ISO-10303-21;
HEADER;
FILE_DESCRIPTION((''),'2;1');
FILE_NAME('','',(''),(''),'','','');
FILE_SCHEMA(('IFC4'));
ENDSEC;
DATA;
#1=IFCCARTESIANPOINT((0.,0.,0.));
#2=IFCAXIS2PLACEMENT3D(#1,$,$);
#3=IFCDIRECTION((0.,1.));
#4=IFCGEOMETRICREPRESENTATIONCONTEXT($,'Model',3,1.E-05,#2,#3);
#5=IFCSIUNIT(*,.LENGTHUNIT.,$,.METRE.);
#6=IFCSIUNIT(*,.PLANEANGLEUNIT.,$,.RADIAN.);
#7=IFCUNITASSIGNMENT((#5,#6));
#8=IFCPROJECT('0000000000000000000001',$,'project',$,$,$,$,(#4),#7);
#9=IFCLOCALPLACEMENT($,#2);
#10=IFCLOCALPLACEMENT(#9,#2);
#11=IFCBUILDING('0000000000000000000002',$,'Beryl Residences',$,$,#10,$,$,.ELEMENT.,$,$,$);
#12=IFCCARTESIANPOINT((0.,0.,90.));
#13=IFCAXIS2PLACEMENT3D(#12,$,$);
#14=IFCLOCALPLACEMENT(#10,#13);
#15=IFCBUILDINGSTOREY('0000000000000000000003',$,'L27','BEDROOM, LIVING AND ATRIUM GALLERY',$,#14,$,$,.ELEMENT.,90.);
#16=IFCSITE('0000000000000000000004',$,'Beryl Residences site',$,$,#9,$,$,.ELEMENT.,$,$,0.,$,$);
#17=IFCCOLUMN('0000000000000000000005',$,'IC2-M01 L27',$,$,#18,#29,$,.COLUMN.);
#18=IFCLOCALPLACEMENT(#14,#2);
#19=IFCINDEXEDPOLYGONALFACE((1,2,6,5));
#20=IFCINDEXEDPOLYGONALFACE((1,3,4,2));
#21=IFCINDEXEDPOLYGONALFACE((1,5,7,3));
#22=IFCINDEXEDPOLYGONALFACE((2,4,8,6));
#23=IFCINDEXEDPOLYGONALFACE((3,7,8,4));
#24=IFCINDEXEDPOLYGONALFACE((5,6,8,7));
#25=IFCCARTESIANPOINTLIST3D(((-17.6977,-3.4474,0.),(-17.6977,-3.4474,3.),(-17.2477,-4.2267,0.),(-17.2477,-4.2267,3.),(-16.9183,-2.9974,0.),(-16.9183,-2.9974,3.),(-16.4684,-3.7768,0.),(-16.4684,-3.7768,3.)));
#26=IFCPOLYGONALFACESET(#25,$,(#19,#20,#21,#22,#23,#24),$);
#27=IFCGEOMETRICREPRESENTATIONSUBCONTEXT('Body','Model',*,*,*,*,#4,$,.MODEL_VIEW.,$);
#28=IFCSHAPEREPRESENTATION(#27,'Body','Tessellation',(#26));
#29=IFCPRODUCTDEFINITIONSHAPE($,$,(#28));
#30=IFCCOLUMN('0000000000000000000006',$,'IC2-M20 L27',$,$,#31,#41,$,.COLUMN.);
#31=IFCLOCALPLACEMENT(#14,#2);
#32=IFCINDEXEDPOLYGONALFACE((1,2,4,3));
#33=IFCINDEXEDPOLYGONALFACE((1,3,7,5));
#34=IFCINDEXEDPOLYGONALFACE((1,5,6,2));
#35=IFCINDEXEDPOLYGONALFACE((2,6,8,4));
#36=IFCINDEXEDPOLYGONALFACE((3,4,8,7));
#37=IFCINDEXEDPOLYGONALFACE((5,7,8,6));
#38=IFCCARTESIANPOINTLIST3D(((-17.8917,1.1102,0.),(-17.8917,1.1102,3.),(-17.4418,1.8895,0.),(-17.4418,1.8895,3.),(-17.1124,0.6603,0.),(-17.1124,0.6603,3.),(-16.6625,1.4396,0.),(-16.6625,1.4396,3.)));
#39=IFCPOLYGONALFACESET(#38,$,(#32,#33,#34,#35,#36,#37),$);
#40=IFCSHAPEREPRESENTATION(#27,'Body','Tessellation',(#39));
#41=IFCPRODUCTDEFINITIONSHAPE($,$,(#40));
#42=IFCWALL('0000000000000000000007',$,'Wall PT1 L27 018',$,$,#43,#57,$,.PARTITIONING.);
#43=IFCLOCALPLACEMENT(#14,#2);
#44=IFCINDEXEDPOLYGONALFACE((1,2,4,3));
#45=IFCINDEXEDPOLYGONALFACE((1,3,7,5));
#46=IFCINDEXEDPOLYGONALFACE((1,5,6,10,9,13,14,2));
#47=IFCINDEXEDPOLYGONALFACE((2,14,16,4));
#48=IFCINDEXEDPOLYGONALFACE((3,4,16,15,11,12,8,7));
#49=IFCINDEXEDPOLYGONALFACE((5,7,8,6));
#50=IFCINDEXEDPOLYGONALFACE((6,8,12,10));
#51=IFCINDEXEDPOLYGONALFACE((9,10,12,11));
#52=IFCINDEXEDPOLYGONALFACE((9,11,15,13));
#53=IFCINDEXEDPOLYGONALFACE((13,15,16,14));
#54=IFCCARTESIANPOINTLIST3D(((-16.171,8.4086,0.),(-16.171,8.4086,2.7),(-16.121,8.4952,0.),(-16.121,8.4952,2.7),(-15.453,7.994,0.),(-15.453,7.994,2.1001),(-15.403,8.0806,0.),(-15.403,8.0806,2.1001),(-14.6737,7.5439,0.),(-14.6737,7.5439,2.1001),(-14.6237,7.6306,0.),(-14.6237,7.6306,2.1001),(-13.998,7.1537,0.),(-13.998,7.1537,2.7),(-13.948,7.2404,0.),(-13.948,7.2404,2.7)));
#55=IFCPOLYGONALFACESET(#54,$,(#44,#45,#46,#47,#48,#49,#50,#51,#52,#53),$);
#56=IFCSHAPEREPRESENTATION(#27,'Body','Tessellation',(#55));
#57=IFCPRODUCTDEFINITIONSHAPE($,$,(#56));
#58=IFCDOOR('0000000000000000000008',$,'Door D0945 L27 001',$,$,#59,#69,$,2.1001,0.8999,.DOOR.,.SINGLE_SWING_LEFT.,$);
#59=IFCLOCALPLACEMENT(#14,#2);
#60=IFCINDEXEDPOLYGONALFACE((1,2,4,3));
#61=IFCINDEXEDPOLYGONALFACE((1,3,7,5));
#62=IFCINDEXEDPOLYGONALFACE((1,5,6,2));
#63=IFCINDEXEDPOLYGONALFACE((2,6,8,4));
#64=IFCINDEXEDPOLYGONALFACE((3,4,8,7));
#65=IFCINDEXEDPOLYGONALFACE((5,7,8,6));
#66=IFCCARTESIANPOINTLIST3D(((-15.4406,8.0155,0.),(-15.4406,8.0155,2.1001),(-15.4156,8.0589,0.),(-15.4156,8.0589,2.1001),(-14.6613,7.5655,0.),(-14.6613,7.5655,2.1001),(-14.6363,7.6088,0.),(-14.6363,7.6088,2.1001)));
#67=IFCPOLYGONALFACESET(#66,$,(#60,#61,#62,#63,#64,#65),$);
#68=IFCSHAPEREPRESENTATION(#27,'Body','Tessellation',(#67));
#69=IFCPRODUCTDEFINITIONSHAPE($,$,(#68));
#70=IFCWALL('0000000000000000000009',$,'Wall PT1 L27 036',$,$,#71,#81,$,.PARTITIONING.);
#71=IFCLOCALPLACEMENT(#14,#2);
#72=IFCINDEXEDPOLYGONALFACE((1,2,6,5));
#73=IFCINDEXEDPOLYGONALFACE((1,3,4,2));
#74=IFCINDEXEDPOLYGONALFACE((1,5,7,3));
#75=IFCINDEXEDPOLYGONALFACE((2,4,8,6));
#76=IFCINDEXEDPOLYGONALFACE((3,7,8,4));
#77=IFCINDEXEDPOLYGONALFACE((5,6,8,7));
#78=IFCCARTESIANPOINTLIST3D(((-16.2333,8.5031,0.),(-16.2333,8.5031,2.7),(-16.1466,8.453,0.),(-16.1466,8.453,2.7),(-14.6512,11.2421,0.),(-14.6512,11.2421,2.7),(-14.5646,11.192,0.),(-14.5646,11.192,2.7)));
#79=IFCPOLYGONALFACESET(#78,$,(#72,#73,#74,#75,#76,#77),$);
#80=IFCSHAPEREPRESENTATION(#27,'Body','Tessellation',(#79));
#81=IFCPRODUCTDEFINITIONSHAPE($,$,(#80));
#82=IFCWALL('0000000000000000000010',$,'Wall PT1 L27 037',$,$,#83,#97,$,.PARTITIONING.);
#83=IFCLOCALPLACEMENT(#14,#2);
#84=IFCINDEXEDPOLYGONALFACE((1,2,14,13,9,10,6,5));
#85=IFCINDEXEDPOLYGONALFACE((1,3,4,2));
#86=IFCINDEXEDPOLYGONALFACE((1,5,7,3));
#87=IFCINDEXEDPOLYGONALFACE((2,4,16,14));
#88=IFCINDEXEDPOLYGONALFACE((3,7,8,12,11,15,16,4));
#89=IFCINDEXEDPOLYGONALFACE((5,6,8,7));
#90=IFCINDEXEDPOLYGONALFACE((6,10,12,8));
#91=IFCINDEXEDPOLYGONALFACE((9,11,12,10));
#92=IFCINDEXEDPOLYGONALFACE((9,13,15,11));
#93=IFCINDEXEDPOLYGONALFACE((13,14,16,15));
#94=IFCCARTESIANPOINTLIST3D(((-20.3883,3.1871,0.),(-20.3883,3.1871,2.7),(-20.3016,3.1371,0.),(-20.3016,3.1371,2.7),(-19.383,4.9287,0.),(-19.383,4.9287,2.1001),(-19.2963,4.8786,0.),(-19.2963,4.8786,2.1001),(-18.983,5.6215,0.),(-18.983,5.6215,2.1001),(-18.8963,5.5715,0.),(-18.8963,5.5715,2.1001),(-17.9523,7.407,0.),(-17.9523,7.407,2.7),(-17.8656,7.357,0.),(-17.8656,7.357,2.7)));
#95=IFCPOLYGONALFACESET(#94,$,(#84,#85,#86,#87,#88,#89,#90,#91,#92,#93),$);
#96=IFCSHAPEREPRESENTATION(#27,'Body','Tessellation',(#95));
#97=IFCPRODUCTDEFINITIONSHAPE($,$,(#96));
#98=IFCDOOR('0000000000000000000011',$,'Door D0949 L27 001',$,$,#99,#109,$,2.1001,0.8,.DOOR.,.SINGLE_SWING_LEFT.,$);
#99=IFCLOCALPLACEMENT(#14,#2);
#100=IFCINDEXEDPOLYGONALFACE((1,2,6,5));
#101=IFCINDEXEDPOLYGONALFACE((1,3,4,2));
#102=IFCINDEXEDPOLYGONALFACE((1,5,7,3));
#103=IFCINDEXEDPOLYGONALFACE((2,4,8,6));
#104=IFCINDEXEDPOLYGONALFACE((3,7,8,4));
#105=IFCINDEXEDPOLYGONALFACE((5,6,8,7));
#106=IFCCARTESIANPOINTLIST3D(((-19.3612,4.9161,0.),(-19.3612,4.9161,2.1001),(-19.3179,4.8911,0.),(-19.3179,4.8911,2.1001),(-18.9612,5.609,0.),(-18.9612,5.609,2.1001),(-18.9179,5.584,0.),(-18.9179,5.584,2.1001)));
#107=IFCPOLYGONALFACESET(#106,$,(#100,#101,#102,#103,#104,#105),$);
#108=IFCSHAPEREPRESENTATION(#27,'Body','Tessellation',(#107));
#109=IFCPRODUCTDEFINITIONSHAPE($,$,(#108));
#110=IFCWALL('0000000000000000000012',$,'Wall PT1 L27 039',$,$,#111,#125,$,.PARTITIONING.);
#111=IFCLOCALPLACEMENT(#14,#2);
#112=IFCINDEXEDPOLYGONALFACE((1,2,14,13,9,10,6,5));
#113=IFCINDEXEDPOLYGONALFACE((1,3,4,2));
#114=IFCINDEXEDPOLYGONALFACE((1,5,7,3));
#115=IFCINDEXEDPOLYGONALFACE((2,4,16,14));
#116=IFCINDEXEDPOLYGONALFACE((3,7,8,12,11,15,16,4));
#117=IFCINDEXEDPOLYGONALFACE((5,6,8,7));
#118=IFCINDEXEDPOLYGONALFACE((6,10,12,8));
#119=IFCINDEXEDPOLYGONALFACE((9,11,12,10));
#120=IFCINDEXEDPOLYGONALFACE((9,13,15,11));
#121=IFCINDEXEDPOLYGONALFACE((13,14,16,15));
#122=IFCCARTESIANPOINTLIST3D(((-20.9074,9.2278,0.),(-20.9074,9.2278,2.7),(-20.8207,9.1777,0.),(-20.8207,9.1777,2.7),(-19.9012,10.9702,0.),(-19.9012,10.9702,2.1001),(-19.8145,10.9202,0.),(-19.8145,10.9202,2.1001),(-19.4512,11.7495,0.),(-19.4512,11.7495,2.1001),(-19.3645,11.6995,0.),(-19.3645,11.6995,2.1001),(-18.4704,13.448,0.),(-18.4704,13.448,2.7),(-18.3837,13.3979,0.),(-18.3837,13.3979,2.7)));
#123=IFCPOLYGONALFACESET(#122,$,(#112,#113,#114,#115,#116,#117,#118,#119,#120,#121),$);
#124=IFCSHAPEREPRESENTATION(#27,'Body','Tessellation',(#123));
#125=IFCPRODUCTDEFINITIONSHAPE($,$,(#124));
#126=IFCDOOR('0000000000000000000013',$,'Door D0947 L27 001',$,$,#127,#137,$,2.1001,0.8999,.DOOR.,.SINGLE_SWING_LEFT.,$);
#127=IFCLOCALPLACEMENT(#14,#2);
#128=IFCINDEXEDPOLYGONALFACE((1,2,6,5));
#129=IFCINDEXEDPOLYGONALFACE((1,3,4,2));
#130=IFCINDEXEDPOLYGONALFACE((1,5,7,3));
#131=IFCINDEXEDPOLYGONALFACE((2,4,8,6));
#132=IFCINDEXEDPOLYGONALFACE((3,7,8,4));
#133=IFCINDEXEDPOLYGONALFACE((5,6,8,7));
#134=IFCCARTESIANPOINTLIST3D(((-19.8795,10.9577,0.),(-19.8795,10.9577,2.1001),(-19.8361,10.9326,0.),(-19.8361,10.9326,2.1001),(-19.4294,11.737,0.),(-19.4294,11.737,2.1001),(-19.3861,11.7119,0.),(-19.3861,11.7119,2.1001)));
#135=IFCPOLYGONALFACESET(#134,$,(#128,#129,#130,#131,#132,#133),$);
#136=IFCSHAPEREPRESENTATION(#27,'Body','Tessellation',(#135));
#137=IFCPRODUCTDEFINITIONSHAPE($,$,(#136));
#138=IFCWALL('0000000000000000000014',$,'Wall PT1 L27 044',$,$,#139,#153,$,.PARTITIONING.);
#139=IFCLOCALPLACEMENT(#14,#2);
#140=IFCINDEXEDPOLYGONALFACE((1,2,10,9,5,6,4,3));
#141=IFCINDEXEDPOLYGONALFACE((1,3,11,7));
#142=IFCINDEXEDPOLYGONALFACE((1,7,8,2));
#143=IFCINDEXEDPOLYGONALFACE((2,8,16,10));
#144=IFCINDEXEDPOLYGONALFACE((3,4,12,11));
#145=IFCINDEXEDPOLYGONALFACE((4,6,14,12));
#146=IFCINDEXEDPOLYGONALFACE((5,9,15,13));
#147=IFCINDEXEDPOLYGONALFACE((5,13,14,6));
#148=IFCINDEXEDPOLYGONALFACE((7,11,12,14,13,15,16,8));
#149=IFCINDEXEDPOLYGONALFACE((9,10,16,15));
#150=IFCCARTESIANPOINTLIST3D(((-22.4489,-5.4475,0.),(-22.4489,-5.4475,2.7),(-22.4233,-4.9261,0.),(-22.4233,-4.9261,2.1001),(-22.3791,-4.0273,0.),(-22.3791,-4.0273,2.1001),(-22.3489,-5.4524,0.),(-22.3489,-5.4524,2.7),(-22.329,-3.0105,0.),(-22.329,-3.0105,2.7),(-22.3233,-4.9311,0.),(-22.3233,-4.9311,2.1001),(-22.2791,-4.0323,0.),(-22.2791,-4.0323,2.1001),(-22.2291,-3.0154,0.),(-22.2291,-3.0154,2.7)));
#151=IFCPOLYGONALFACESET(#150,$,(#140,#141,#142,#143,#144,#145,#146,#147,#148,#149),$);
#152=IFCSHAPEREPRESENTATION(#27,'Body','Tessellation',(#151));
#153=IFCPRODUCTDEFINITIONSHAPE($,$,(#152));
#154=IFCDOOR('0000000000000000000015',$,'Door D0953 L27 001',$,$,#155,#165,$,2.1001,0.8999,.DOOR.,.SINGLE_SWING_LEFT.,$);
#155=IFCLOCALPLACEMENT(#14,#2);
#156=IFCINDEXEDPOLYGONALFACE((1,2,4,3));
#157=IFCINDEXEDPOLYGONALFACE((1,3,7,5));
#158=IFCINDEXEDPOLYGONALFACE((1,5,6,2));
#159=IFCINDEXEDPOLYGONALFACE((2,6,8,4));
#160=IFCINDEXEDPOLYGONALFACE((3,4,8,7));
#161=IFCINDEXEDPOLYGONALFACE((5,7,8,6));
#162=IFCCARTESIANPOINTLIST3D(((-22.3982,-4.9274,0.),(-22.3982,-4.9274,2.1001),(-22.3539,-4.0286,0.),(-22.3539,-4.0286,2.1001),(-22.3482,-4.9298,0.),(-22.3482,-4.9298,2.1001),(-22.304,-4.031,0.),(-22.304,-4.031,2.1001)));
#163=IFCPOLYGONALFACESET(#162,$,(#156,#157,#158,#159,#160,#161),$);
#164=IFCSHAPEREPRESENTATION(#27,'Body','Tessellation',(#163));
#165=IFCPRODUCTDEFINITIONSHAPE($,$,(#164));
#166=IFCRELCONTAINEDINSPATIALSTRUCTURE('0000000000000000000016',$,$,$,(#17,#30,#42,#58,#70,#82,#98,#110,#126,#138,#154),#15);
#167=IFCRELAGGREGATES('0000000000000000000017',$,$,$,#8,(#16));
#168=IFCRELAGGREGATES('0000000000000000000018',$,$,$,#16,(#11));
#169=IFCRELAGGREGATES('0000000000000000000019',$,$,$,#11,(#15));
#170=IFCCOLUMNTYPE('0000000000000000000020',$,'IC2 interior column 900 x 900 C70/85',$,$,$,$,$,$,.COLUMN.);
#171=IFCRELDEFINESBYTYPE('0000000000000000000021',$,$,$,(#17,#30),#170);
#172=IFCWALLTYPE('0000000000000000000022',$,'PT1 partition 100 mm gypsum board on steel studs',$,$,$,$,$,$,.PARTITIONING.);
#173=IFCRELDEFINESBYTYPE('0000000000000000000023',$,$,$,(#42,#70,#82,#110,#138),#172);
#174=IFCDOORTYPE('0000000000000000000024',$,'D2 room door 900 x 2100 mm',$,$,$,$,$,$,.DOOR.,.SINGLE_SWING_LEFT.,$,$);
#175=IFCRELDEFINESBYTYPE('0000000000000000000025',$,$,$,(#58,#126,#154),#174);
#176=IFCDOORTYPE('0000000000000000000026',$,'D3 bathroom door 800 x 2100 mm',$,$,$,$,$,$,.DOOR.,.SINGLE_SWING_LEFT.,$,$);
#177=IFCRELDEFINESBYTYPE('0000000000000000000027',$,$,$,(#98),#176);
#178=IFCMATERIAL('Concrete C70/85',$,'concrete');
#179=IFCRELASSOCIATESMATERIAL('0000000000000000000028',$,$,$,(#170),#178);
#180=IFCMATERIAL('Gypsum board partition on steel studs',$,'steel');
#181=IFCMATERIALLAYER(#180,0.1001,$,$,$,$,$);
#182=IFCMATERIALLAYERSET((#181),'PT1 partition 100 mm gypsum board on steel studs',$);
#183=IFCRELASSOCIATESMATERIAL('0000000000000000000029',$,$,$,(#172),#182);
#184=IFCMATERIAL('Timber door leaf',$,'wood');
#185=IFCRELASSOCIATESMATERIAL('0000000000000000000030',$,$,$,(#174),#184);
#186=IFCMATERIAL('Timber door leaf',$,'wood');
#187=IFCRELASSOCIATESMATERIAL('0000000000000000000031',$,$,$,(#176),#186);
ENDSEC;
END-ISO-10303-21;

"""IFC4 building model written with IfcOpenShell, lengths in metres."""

from ifc_helpers import new_model, si_unit, direction, frame, frame_2d, origin, origin_2d, place, context, subcontext, project, spatial, rectangle, extrude, material, layer, layer_set, material_profile, profile_set, type_object, element, fill, save


model = new_model("IFC4")

# Units and contexts
model_context = context("Model", 3, precision=1e-05, world=origin(), true_north=direction((0.0, 1.0)))
body_context = subcontext(model_context, "Body", "Model", "MODEL_VIEW")
ifc_project = project(units=[si_unit("LENGTHUNIT", "METRE"), si_unit("PLANEANGLEUNIT", "RADIAN")], contexts=[model_context])

# Site, building, storey
site_placement = place(None, origin())
site = spatial("IfcSite", under=ifc_project, at=site_placement, Name="Beryl Residences site", CompositionType="ELEMENT", RefElevation=0.0)
building_placement = place(site_placement, origin())
building = spatial("IfcBuilding", under=site, at=building_placement, Name="Beryl Residences", CompositionType="ELEMENT")
storey_placement = place(building_placement, frame((0.0, 0.0, 90.0)))
storey = spatial("IfcBuildingStorey", under=building, at=storey_placement, Name="L27", Description="BEDROOM, LIVING AND ATRIUM GALLERY", CompositionType="ELEMENT", Elevation=90.0)

# Columns
ifc_material_1 = material(Name="Concrete C70/85", Category="concrete")
ifc_material_profile = material_profile(ifc_material_1, rectangle(XDim=0.8999, YDim=0.8999, at=origin_2d()))
ifc_profile_set = profile_set([ifc_material_profile], Name="Concrete C70/85")
column_type = type_object("IfcColumnType", Name="IC2 interior column 900 x 900 C70/85", PredefinedType="COLUMN", material=ifc_profile_set)
for number, where, z_axis, x_axis, name in (
    (1, (-17.083, -3.6121, 0.0), (0.0, 0.0, 1.0), (0.5, -0.866025, 0.0), "IC2-M01 L27"),
    (2, (-17.2771, 1.2749, 0.0), (0.0, 0.0, 1.0), (-0.5, -0.866025, 0.0), "IC2-M20 L27"),
):
    element("IfcColumn", number, at=place(storey_placement, frame(where, z_axis=z_axis, x_axis=x_axis)), inside=storey, type_object=column_type, Name=name, PredefinedType="COLUMN", context=body_context, shape_type="SweptSolid", body=[
        extrude(rectangle(XDim=0.8999, YDim=0.8999, at=origin_2d()), origin(), (0.0, 0.0, 1.0), 3.0),
    ])

# Wall, opening, door
ifc_material_2 = material(Name="Gypsum board partition on steel studs", Category="steel")
ifc_layer_1 = layer(ifc_material_2, 0.1001)
ifc_layer_set_1 = layer_set([ifc_layer_1], Name="PT1 partition 100 mm gypsum board on steel studs")
wall_type_1 = type_object("IfcWallType", Name="PT1 partition 100 mm gypsum board on steel studs", PredefinedType="PARTITIONING", material=ifc_layer_set_1)
wall_1_placement = place(storey_placement, frame((-16.146, 8.4519, 0.0), z_axis=(0.0, 0.0, 1.0), x_axis=(0.865983, -0.500073, 0.0)))
wall_1 = element("IfcWall", 3, at=wall_1_placement, inside=storey, type_object=wall_type_1, Name="Wall PT1 L27 018", PredefinedType="PARTITIONING", context=body_context, shape_type="SweptSolid", body=[
    extrude(rectangle(XDim=2.5093, YDim=0.1001, at=frame_2d((1.2546, 0.0))), origin(), (0.0, 0.0, 1.0), 2.7),
])
opening_1_placement = place(wall_1_placement, frame((0.8291, 0.0, 0.0)))
opening_1 = element("IfcOpeningElement", 4, at=opening_1_placement, cuts=wall_1, PredefinedType="OPENING", context=body_context, shape_type="SweptSolid", body=[
    extrude(rectangle(XDim=0.8999, YDim=2.1001, at=frame_2d((0.45, 1.05))), frame((0.0, 0.0601, 0.0), z_axis=(0.0, -1.0, 0.0), x_axis=(1.0, 0.0, 0.0)), (0.0, 0.0, 1.0), 0.1201),
])
ifc_material_3 = material(Name="Timber door leaf", Category="wood")
door_type_1 = type_object("IfcDoorType", Name="D2 room door 900 x 2100 mm", OperationType="SINGLE_SWING_LEFT", PredefinedType="DOOR", material=ifc_material_3)
door_1_placement = place(opening_1_placement, origin())
door_1 = element("IfcDoor", 5, at=door_1_placement, inside=storey, type_object=door_type_1, Name="Door D0945 L27 001", OperationType="SINGLE_SWING_LEFT", OverallHeight=2.1001, OverallWidth=0.8999, PredefinedType="DOOR", context=body_context, shape_type="SweptSolid", body=[
    extrude(rectangle(XDim=0.8999, YDim=2.1001, at=frame_2d((0.45, 1.05))), frame((0.0, 0.0249, 0.0), z_axis=(0.0, -1.0, 0.0), x_axis=(1.0, 0.0, 0.0)), (0.0, 0.0, 1.0), 0.05),
])
fill(opening_1, door_1)

# Wall
wall_2_placement = place(storey_placement, frame((-16.1899, 8.478, 0.0), z_axis=(0.0, 0.0, 1.0), x_axis=(0.500157, 0.865935, 0.0)))
element("IfcWall", 6, at=wall_2_placement, inside=storey, type_object=wall_type_1, Name="Wall PT1 L27 036", PredefinedType="PARTITIONING", context=body_context, shape_type="SweptSolid", body=[
    extrude(rectangle(XDim=3.1631, YDim=0.1001, at=frame_2d((1.5815, 0.0))), origin(), (0.0, 0.0, 1.0), 2.7),
])

# Walls, openings, doors
wall_3_placement = place(storey_placement, frame((-20.345, 3.1621, 0.0), z_axis=(0.0, 0.0, 1.0), x_axis=(0.499944, 0.866058, 0.0)))
wall_3 = element("IfcWall", 7, at=wall_3_placement, inside=storey, type_object=wall_type_1, Name="Wall PT1 L27 037", PredefinedType="PARTITIONING", context=body_context, shape_type="SweptSolid", body=[
    extrude(rectangle(XDim=4.8726, YDim=0.1001, at=frame_2d((2.4363, 0.0))), origin(), (0.0, 0.0, 1.0), 2.7),
])
opening_2_placement = place(wall_3_placement, frame((2.011, 0.0, 0.0)))
opening_2 = element("IfcOpeningElement", 8, at=opening_2_placement, cuts=wall_3, PredefinedType="OPENING", context=body_context, shape_type="SweptSolid", body=[
    extrude(rectangle(XDim=0.8, YDim=2.1001, at=frame_2d((0.3999, 1.05))), frame((0.0, 0.0601, 0.0), z_axis=(0.0, -1.0, 0.0), x_axis=(1.0, 0.0, 0.0)), (0.0, 0.0, 1.0), 0.1201),
])
ifc_material_4 = material(Name="Timber door leaf", Category="wood")
door_type_2 = type_object("IfcDoorType", Name="D3 bathroom door 800 x 2100 mm", OperationType="SINGLE_SWING_LEFT", PredefinedType="DOOR", material=ifc_material_4)
door_2_placement = place(opening_2_placement, origin())
door_2 = element("IfcDoor", 9, at=door_2_placement, inside=storey, type_object=door_type_2, Name="Door D0949 L27 001", OperationType="SINGLE_SWING_LEFT", OverallHeight=2.1001, OverallWidth=0.8, PredefinedType="DOOR", context=body_context, shape_type="SweptSolid", body=[
    extrude(rectangle(XDim=0.8, YDim=2.1001, at=frame_2d((0.3999, 1.05))), frame((0.0, 0.0249, 0.0), z_axis=(0.0, -1.0, 0.0), x_axis=(1.0, 0.0, 0.0)), (0.0, 0.0, 1.0), 0.05),
])
fill(opening_2, door_2)
wall_4_placement = place(storey_placement, frame((-20.864, 9.2029, 0.0), z_axis=(0.0, 0.0, 1.0), x_axis=(0.500072, 0.865984, 0.0)))
wall_4 = element("IfcWall", 10, at=wall_4_placement, inside=storey, type_object=wall_type_1, Name="Wall PT1 L27 039", PredefinedType="PARTITIONING", context=body_context, shape_type="SweptSolid", body=[
    extrude(rectangle(XDim=4.8733, YDim=0.1001, at=frame_2d((2.4365, 0.0))), origin(), (0.0, 0.0, 1.0), 2.7),
])
opening_3_placement = place(wall_4_placement, frame((2.012, 0.0, 0.0)))
opening_3 = element("IfcOpeningElement", 11, at=opening_3_placement, cuts=wall_4, PredefinedType="OPENING", context=body_context, shape_type="SweptSolid", body=[
    extrude(rectangle(XDim=0.8999, YDim=2.1001, at=frame_2d((0.45, 1.05))), frame((0.0, 0.0601, 0.0), z_axis=(0.0, -1.0, 0.0), x_axis=(1.0, 0.0, 0.0)), (0.0, 0.0, 1.0), 0.1201),
])
door_3_placement = place(opening_3_placement, origin())
door_3 = element("IfcDoor", 12, at=door_3_placement, inside=storey, type_object=door_type_1, Name="Door D0947 L27 001", OperationType="SINGLE_SWING_LEFT", OverallHeight=2.1001, OverallWidth=0.8999, PredefinedType="DOOR", context=body_context, shape_type="SweptSolid", body=[
    extrude(rectangle(XDim=0.8999, YDim=2.1001, at=frame_2d((0.45, 1.05))), frame((0.0, 0.0249, 0.0), z_axis=(0.0, -1.0, 0.0), x_axis=(1.0, 0.0, 0.0)), (0.0, 0.0, 1.0), 0.05),
])
fill(opening_3, door_3)
wall_5_placement = place(storey_placement, frame((-22.3989, -5.45, 0.0), z_axis=(0.0, 0.0, 1.0), x_axis=(0.049129, 0.998792, 0.0)))
wall_5 = element("IfcWall", 13, at=wall_5_placement, inside=storey, type_object=wall_type_1, Name="Wall PT1 L27 044", PredefinedType="PARTITIONING", context=body_context, shape_type="SweptSolid", body=[
    extrude(rectangle(XDim=2.4399, YDim=0.1001, at=frame_2d((1.22, 0.0))), origin(), (0.0, 0.0, 1.0), 2.7),
])
opening_4_placement = place(wall_5_placement, frame((0.522, 0.0, 0.0)))
opening_4 = element("IfcOpeningElement", 14, at=opening_4_placement, cuts=wall_5, PredefinedType="OPENING", context=body_context, shape_type="SweptSolid", body=[
    extrude(rectangle(XDim=0.8999, YDim=2.1001, at=frame_2d((0.45, 1.05))), frame((0.0, 0.0601, 0.0), z_axis=(0.0, -1.0, 0.0), x_axis=(1.0, 0.0, 0.0)), (0.0, 0.0, 1.0), 0.1201),
])
door_4_placement = place(opening_4_placement, origin())
door_4 = element("IfcDoor", 15, at=door_4_placement, inside=storey, type_object=door_type_1, Name="Door D0953 L27 001", OperationType="SINGLE_SWING_LEFT", OverallHeight=2.1001, OverallWidth=0.8999, PredefinedType="DOOR", context=body_context, shape_type="SweptSolid", body=[
    extrude(rectangle(XDim=0.8999, YDim=2.1001, at=frame_2d((0.45, 1.05))), frame((0.0, 0.0249, 0.0), z_axis=(0.0, -1.0, 0.0), x_axis=(1.0, 0.0, 0.0)), (0.0, 0.0, 1.0), 0.05),
])
fill(opening_4, door_4)

save(model, "model.ifc")
